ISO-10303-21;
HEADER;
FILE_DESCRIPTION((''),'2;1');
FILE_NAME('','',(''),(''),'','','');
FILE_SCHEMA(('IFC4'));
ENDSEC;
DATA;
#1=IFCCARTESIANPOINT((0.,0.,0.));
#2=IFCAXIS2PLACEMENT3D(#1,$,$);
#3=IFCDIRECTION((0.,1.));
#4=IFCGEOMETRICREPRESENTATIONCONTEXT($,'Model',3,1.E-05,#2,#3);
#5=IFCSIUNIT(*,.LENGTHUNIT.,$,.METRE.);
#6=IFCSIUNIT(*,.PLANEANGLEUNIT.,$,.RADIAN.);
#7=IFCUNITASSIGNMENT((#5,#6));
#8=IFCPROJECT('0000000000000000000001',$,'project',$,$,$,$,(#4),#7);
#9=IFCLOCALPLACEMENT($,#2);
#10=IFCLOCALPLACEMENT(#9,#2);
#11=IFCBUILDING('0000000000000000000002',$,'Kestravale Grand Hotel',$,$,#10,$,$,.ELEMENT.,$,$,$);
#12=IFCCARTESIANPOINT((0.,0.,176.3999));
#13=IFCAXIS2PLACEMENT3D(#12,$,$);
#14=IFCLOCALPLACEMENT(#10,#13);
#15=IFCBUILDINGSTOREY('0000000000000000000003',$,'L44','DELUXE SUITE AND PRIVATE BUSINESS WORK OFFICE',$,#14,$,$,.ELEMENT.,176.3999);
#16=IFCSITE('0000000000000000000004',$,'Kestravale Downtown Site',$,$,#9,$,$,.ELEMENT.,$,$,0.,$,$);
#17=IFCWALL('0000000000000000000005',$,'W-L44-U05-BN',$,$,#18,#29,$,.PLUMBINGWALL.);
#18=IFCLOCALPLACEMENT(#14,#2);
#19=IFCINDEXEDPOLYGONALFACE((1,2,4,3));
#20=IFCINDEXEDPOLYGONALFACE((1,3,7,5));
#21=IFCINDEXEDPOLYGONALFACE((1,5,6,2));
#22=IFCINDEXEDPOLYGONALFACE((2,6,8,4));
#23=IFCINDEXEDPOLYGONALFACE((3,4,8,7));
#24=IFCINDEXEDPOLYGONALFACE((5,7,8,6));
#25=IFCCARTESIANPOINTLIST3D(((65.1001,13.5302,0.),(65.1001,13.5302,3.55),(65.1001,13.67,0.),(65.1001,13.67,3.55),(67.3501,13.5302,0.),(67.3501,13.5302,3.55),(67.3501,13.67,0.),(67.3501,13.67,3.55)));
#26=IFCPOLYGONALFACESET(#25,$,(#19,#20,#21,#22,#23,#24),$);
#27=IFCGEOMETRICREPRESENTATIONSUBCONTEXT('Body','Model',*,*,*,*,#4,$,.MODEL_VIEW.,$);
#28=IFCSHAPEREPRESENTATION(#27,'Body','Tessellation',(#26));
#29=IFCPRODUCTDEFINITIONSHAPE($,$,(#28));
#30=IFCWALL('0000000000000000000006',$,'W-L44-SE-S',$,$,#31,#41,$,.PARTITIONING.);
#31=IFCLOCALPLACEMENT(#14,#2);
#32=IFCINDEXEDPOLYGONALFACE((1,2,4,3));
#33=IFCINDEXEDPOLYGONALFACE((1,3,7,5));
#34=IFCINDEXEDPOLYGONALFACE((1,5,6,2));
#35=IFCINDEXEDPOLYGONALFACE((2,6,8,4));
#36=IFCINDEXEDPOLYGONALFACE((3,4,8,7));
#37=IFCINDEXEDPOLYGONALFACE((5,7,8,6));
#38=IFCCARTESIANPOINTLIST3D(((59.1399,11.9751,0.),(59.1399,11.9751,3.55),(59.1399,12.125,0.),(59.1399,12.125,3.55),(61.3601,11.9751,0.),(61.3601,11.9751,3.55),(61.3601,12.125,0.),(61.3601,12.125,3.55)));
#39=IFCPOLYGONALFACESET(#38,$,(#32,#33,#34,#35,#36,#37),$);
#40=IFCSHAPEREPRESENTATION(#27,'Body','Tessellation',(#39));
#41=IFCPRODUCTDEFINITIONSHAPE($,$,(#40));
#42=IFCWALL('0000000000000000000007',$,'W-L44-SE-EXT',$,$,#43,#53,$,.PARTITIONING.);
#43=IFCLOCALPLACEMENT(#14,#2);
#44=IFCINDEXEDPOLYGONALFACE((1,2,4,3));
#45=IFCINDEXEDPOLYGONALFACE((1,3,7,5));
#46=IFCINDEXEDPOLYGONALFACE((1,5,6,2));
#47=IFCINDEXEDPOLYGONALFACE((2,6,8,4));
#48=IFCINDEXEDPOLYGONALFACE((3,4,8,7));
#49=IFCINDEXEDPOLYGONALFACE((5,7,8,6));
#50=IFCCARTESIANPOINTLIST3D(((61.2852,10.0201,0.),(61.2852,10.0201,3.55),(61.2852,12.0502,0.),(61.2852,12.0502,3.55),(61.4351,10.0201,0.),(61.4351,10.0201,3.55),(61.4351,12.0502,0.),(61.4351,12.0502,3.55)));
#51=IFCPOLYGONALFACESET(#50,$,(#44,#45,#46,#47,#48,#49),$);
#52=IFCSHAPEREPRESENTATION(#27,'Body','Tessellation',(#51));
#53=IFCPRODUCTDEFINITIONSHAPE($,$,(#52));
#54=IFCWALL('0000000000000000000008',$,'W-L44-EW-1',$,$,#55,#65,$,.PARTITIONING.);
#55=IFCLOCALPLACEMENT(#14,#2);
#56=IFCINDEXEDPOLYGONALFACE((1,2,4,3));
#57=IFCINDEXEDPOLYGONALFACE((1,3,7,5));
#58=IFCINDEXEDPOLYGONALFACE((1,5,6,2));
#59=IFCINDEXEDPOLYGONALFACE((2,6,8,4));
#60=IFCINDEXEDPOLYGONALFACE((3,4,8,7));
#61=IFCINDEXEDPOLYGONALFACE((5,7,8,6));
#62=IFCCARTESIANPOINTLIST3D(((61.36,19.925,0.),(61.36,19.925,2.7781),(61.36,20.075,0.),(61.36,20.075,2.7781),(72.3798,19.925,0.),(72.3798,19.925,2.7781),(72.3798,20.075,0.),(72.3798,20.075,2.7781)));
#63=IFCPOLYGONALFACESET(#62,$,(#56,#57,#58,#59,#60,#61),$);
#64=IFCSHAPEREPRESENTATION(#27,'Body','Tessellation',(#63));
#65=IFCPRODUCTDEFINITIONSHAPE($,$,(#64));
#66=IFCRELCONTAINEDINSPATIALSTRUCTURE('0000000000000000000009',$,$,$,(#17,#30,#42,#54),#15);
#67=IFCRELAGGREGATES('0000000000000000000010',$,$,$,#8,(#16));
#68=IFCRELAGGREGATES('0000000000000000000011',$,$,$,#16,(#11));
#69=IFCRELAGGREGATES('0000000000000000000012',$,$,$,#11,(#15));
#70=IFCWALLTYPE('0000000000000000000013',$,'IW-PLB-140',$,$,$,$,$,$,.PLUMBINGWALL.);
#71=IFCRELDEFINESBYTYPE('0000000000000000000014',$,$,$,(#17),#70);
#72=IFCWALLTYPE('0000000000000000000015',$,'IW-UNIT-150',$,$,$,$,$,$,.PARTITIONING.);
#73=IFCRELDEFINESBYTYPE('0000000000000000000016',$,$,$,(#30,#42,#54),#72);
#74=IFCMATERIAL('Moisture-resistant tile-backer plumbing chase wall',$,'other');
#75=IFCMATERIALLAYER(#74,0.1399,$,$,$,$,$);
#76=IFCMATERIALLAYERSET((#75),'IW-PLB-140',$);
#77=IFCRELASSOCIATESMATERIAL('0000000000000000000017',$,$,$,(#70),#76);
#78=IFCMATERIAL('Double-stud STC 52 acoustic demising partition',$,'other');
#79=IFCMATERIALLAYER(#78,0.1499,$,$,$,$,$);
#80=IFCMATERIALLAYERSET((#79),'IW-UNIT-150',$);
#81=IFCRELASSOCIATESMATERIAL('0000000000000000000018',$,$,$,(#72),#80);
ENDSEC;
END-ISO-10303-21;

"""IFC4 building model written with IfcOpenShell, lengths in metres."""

from ifc_helpers import new_model, si_unit, direction, frame, frame_2d, origin, place, context, subcontext, project, spatial, rectangle, extrude, material, layer, layer_set, type_object, element, save


model = new_model("IFC4")

# Units and contexts
model_context = context("Model", 3, precision=1e-05, world=origin(), true_north=direction((0.0, 1.0)))
body_context = subcontext(model_context, "Body", "Model", "MODEL_VIEW")
ifc_project = project(units=[si_unit("LENGTHUNIT", "METRE"), si_unit("PLANEANGLEUNIT", "RADIAN")], contexts=[model_context])

# Site, building, storey
site_placement = place(None, origin())
site = spatial("IfcSite", under=ifc_project, at=site_placement, Name="Kestravale Downtown Site", CompositionType="ELEMENT", RefElevation=0.0)
building_placement = place(site_placement, origin())
building = spatial("IfcBuilding", under=site, at=building_placement, Name="Kestravale Grand Hotel", CompositionType="ELEMENT")
storey_placement = place(building_placement, frame((0.0, 0.0, 176.3999)))
storey = spatial("IfcBuildingStorey", under=building, at=storey_placement, Name="L44", Description="DELUXE SUITE AND PRIVATE BUSINESS WORK OFFICE", CompositionType="ELEMENT", Elevation=176.3999)

# Shared definitions
ifc_material_1 = material(Name="Moisture-resistant tile-backer plumbing chase wall", Category="other")
ifc_layer_1 = layer(ifc_material_1, 0.1399)
ifc_layer_set_1 = layer_set([ifc_layer_1], Name="IW-PLB-140")
wall_type_1 = type_object("IfcWallType", Name="IW-PLB-140", PredefinedType="PLUMBINGWALL", material=ifc_layer_set_1)

# Walls
for number, where, z_axis, x_axis, name in (
    (1, (65.1001, 13.6001, 0.0), (0.0, 0.0, 1.0), (1.0, 0.0, 0.0), "W-L44-U05-BN"),
):
    element("IfcWall", number, at=place(storey_placement, frame(where, z_axis=z_axis, x_axis=x_axis)), inside=storey, type_object=wall_type_1, Name=name, PredefinedType="PLUMBINGWALL", context=body_context, shape_type="SweptSolid", body=[
        extrude(rectangle(XDim=2.25, YDim=0.1399, at=frame_2d((1.125, 0.0))), origin(), (0.0, 0.0, 1.0), 3.55),
    ])
ifc_material_2 = material(Name="Double-stud STC 52 acoustic demising partition", Category="other")
ifc_layer_2 = layer(ifc_material_2, 0.1499)
ifc_layer_set_2 = layer_set([ifc_layer_2], Name="IW-UNIT-150")
wall_type_2 = type_object("IfcWallType", Name="IW-UNIT-150", PredefinedType="PARTITIONING", material=ifc_layer_set_2)
wall_1_placement = place(storey_placement, frame((59.1399, 12.05, 0.0), z_axis=(0.0, 0.0, 1.0), x_axis=(1.0, 0.0, 0.0)))
element("IfcWall", 2, at=wall_1_placement, inside=storey, type_object=wall_type_2, Name="W-L44-SE-S", PredefinedType="PARTITIONING", context=body_context, shape_type="SweptSolid", body=[
    extrude(rectangle(XDim=2.2202, YDim=0.1499, at=frame_2d((1.1101, 0.0))), origin(), (0.0, 0.0, 1.0), 3.55),
])
wall_2_placement = place(storey_placement, frame((61.3601, 10.02, 0.0), z_axis=(0.0, 0.0, 1.0), x_axis=(0.0, 1.0, 0.0)))
element("IfcWall", 3, at=wall_2_placement, inside=storey, type_object=wall_type_2, Name="W-L44-SE-EXT", PredefinedType="PARTITIONING", context=body_context, shape_type="SweptSolid", body=[
    extrude(rectangle(XDim=2.03, YDim=0.1499, at=frame_2d((1.0151, 0.0))), origin(), (0.0, 0.0, 1.0), 3.55),
])
wall_3_placement = place(storey_placement, frame((61.3601, 20.0, 0.0), z_axis=(0.0, 0.0, 1.0), x_axis=(1.0, 0.0, 0.0)))
element("IfcWall", 4, at=wall_3_placement, inside=storey, type_object=wall_type_2, Name="W-L44-EW-1", PredefinedType="PARTITIONING", context=body_context, shape_type="SweptSolid", body=[
    extrude(rectangle(XDim=11.0198, YDim=0.1499, at=frame_2d((5.5098, 0.0))), origin(), (0.0, 0.0, 1.0), 2.7781),
])

save(model, "model.ifc")
